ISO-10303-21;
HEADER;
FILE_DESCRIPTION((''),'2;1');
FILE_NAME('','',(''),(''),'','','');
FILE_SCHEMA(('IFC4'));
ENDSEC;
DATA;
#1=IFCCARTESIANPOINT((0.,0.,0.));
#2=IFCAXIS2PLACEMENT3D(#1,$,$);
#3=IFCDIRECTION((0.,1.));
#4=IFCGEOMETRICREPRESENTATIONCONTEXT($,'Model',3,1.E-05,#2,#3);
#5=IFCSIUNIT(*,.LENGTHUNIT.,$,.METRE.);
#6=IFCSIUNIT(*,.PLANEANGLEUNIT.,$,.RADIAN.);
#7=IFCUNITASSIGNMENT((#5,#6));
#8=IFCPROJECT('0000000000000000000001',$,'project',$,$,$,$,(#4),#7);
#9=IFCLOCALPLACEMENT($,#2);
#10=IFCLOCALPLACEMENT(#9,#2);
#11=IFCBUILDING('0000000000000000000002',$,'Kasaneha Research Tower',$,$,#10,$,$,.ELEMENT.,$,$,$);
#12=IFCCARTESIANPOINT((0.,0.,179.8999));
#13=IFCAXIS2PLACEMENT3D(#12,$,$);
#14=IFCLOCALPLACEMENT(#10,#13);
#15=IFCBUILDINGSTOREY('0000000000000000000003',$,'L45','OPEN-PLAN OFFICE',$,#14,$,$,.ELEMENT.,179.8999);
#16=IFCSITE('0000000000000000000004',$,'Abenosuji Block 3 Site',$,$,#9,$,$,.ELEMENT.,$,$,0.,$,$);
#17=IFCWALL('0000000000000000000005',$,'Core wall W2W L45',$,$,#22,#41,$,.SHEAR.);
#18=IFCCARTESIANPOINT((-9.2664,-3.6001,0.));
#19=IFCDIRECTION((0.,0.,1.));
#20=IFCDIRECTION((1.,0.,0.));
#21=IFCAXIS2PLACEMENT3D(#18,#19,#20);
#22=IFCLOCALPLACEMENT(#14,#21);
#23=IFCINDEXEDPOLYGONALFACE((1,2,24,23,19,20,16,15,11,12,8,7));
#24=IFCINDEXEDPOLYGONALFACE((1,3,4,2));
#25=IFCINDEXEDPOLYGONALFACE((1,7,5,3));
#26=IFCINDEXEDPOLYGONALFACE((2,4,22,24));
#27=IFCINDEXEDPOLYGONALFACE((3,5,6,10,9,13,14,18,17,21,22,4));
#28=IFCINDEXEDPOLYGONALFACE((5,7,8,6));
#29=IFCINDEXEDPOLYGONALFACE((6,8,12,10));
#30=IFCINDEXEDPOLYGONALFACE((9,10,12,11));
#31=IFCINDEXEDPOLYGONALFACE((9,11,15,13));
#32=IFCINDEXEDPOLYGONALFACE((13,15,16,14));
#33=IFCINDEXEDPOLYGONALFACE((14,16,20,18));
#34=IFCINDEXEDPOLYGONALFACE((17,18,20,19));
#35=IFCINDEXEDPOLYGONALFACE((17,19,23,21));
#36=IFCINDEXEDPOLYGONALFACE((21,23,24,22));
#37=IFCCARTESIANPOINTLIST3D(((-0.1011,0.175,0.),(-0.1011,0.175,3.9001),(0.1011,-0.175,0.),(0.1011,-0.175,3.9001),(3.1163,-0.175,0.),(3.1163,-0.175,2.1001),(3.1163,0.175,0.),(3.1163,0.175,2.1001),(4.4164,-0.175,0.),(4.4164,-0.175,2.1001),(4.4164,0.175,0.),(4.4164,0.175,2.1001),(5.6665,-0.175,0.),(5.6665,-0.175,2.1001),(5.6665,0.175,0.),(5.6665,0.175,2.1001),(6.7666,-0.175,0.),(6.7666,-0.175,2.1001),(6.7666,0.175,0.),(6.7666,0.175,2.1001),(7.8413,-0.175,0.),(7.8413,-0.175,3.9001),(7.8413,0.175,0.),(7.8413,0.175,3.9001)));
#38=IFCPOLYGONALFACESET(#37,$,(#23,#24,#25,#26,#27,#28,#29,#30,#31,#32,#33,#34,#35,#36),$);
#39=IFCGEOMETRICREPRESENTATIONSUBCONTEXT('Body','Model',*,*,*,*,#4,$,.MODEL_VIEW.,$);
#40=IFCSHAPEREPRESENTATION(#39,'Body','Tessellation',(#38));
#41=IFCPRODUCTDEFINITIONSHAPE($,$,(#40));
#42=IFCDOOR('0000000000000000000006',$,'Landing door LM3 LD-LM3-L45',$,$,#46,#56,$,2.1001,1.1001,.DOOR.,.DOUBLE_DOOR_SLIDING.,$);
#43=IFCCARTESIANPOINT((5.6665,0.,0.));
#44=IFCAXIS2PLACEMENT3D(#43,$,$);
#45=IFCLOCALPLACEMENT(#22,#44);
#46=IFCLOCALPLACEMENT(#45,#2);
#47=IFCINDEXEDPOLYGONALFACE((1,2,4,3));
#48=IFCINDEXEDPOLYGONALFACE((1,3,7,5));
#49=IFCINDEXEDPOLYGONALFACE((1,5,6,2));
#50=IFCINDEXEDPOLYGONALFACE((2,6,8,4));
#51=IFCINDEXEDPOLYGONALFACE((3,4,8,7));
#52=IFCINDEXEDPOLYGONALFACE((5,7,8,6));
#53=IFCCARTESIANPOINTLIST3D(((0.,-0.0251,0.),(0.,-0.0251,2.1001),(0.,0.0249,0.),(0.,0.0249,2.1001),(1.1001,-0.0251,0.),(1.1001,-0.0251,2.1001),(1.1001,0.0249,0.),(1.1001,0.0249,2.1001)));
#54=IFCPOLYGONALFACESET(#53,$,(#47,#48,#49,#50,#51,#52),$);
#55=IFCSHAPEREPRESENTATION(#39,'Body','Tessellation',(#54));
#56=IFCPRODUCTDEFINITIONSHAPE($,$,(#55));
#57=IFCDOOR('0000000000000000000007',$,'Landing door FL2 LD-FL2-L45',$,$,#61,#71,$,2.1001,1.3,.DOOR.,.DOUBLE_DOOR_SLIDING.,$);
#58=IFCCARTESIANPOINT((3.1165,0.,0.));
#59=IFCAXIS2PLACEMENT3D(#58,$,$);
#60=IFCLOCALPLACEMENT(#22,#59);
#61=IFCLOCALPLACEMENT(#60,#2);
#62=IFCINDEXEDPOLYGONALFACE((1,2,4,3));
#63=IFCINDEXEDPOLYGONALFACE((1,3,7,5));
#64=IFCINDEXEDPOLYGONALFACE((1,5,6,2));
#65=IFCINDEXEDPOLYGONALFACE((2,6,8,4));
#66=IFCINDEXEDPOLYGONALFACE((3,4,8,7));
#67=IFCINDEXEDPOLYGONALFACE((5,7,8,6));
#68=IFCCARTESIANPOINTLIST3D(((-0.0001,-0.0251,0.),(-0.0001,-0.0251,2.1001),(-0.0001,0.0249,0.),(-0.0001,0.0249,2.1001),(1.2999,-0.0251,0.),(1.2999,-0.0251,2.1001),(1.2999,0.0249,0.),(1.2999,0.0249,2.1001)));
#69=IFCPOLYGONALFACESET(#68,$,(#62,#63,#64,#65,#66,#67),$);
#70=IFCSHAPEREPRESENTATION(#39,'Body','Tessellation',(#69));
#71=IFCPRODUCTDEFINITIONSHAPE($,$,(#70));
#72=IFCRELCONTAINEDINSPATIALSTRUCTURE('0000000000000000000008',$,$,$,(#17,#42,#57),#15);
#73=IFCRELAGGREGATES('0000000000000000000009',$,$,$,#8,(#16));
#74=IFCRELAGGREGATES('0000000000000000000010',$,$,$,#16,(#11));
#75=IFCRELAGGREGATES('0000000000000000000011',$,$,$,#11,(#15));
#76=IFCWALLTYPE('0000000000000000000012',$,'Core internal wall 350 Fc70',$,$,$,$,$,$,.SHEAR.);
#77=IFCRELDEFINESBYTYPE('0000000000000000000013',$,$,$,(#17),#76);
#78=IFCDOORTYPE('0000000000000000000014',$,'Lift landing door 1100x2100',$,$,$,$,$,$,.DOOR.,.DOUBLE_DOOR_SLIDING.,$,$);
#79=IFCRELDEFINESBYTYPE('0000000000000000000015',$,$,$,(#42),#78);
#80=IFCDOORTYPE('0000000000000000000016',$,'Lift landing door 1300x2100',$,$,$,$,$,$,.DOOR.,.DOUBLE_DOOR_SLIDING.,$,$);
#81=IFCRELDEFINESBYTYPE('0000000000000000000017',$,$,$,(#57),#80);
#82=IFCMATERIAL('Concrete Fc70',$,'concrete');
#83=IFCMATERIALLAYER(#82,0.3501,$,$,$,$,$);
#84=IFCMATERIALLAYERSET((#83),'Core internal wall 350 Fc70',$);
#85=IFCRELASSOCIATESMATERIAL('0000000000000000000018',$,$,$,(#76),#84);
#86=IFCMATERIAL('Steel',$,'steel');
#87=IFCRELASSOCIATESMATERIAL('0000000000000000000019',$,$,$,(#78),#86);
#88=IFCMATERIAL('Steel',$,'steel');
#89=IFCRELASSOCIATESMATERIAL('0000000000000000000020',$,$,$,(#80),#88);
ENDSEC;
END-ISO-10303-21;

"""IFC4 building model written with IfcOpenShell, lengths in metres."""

from ifc_helpers import new_model, si_unit, direction, frame, frame_2d, origin, place, context, subcontext, project, spatial, polyline, rectangle, outline, extrude, material, layer, layer_set, type_object, element, fill, save


model = new_model("IFC4")

# Units and contexts
model_context = context("Model", 3, precision=1e-05, world=origin(), true_north=direction((0.0, 1.0)))
body_context = subcontext(model_context, "Body", "Model", "MODEL_VIEW")
ifc_project = project(units=[si_unit("LENGTHUNIT", "METRE"), si_unit("PLANEANGLEUNIT", "RADIAN")], contexts=[model_context])

# Site, building, storey
site_placement = place(None, origin())
site = spatial("IfcSite", under=ifc_project, at=site_placement, Name="Abenosuji Block 3 Site", CompositionType="ELEMENT", RefElevation=0.0)
building_placement = place(site_placement, origin())
building = spatial("IfcBuilding", under=site, at=building_placement, Name="Kasaneha Research Tower", CompositionType="ELEMENT")
storey_placement = place(building_placement, frame((0.0, 0.0, 179.8999)))
storey = spatial("IfcBuildingStorey", under=building, at=storey_placement, Name="L45", Description="OPEN-PLAN OFFICE", CompositionType="ELEMENT", Elevation=179.8999)

# Wall, openings, doors
ifc_material_1 = material(Name="Concrete Fc70", Category="concrete")
ifc_layer_1 = layer(ifc_material_1, 0.3501)
ifc_layer_set_1 = layer_set([ifc_layer_1], Name="Core internal wall 350 Fc70")
wall_type = type_object("IfcWallType", Name="Core internal wall 350 Fc70", PredefinedType="SHEAR", material=ifc_layer_set_1)
wall_1_placement = place(storey_placement, frame((-9.2664, -3.6001, 0.0), z_axis=(0.0, 0.0, 1.0), x_axis=(1.0, 0.0, 0.0)))
wall_1 = element("IfcWall", 1, at=wall_1_placement, inside=storey, type_object=wall_type, Name="Core wall W2W L45", PredefinedType="SHEAR", context=body_context, shape_type="SweptSolid", body=[
    extrude(outline(polyline([(0.1011, -0.175), (3.1165, -0.175), (4.4165, -0.175), (5.6665, -0.175), (6.7666, -0.175), (7.8413, -0.175), (7.8413, 0.175), (6.7666, 0.175), (5.6665, 0.175), (4.4165, 0.175), (3.1165, 0.175), (-0.1011, 0.175), (0.1011, -0.175)])), origin(), (0.0, 0.0, 1.0), 3.9001),
])
opening_1_placement = place(wall_1_placement, frame((5.6665, 0.0, 0.0)))
opening_1 = element("IfcOpeningElement", 2, at=opening_1_placement, cuts=wall_1, PredefinedType="OPENING", context=body_context, shape_type="SweptSolid", body=[
    extrude(rectangle(XDim=1.1001, YDim=2.1001, at=frame_2d((0.55, 1.05))), frame((0.0, 0.1851, 0.0), z_axis=(0.0, -1.0, 0.0), x_axis=(1.0, 0.0, 0.0)), (0.0, 0.0, 1.0), 0.3701),
])
opening_2_placement = place(wall_1_placement, frame((3.1165, 0.0, 0.0)))
opening_2 = element("IfcOpeningElement", 3, at=opening_2_placement, cuts=wall_1, PredefinedType="OPENING", context=body_context, shape_type="SweptSolid", body=[
    extrude(rectangle(XDim=1.3, YDim=2.1001, at=frame_2d((0.6499, 1.05))), frame((0.0, 0.1851, 0.0), z_axis=(0.0, -1.0, 0.0), x_axis=(1.0, 0.0, 0.0)), (0.0, 0.0, 1.0), 0.3701),
])
ifc_material_2 = material(Name="Steel", Category="steel")
door_type_1 = type_object("IfcDoorType", Name="Lift landing door 1100x2100", OperationType="DOUBLE_DOOR_SLIDING", PredefinedType="DOOR", material=ifc_material_2)
door_1_placement = place(opening_1_placement, origin())
door_1 = element("IfcDoor", 4, at=door_1_placement, inside=storey, type_object=door_type_1, Name="Landing door LM3 LD-LM3-L45", OperationType="DOUBLE_DOOR_SLIDING", OverallHeight=2.1001, OverallWidth=1.1001, PredefinedType="DOOR", context=body_context, shape_type="SweptSolid", body=[
    extrude(rectangle(XDim=1.1001, YDim=2.1001, at=frame_2d((0.55, 1.05))), frame((0.0, 0.0249, 0.0), z_axis=(0.0, -1.0, 0.0), x_axis=(1.0, 0.0, 0.0)), (0.0, 0.0, 1.0), 0.05),
])
fill(opening_1, door_1)
ifc_material_3 = material(Name="Steel", Category="steel")
door_type_2 = type_object("IfcDoorType", Name="Lift landing door 1300x2100", OperationType="DOUBLE_DOOR_SLIDING", PredefinedType="DOOR", material=ifc_material_3)
door_2_placement = place(opening_2_placement, origin())
door_2 = element("IfcDoor", 5, at=door_2_placement, inside=storey, type_object=door_type_2, Name="Landing door FL2 LD-FL2-L45", OperationType="DOUBLE_DOOR_SLIDING", OverallHeight=2.1001, OverallWidth=1.3, PredefinedType="DOOR", context=body_context, shape_type="SweptSolid", body=[
    extrude(rectangle(XDim=1.3, YDim=2.1001, at=frame_2d((0.6499, 1.05))), frame((0.0, 0.0249, 0.0), z_axis=(0.0, -1.0, 0.0), x_axis=(1.0, 0.0, 0.0)), (0.0, 0.0, 1.0), 0.05),
])
fill(opening_2, door_2)

save(model, "model.ifc")
